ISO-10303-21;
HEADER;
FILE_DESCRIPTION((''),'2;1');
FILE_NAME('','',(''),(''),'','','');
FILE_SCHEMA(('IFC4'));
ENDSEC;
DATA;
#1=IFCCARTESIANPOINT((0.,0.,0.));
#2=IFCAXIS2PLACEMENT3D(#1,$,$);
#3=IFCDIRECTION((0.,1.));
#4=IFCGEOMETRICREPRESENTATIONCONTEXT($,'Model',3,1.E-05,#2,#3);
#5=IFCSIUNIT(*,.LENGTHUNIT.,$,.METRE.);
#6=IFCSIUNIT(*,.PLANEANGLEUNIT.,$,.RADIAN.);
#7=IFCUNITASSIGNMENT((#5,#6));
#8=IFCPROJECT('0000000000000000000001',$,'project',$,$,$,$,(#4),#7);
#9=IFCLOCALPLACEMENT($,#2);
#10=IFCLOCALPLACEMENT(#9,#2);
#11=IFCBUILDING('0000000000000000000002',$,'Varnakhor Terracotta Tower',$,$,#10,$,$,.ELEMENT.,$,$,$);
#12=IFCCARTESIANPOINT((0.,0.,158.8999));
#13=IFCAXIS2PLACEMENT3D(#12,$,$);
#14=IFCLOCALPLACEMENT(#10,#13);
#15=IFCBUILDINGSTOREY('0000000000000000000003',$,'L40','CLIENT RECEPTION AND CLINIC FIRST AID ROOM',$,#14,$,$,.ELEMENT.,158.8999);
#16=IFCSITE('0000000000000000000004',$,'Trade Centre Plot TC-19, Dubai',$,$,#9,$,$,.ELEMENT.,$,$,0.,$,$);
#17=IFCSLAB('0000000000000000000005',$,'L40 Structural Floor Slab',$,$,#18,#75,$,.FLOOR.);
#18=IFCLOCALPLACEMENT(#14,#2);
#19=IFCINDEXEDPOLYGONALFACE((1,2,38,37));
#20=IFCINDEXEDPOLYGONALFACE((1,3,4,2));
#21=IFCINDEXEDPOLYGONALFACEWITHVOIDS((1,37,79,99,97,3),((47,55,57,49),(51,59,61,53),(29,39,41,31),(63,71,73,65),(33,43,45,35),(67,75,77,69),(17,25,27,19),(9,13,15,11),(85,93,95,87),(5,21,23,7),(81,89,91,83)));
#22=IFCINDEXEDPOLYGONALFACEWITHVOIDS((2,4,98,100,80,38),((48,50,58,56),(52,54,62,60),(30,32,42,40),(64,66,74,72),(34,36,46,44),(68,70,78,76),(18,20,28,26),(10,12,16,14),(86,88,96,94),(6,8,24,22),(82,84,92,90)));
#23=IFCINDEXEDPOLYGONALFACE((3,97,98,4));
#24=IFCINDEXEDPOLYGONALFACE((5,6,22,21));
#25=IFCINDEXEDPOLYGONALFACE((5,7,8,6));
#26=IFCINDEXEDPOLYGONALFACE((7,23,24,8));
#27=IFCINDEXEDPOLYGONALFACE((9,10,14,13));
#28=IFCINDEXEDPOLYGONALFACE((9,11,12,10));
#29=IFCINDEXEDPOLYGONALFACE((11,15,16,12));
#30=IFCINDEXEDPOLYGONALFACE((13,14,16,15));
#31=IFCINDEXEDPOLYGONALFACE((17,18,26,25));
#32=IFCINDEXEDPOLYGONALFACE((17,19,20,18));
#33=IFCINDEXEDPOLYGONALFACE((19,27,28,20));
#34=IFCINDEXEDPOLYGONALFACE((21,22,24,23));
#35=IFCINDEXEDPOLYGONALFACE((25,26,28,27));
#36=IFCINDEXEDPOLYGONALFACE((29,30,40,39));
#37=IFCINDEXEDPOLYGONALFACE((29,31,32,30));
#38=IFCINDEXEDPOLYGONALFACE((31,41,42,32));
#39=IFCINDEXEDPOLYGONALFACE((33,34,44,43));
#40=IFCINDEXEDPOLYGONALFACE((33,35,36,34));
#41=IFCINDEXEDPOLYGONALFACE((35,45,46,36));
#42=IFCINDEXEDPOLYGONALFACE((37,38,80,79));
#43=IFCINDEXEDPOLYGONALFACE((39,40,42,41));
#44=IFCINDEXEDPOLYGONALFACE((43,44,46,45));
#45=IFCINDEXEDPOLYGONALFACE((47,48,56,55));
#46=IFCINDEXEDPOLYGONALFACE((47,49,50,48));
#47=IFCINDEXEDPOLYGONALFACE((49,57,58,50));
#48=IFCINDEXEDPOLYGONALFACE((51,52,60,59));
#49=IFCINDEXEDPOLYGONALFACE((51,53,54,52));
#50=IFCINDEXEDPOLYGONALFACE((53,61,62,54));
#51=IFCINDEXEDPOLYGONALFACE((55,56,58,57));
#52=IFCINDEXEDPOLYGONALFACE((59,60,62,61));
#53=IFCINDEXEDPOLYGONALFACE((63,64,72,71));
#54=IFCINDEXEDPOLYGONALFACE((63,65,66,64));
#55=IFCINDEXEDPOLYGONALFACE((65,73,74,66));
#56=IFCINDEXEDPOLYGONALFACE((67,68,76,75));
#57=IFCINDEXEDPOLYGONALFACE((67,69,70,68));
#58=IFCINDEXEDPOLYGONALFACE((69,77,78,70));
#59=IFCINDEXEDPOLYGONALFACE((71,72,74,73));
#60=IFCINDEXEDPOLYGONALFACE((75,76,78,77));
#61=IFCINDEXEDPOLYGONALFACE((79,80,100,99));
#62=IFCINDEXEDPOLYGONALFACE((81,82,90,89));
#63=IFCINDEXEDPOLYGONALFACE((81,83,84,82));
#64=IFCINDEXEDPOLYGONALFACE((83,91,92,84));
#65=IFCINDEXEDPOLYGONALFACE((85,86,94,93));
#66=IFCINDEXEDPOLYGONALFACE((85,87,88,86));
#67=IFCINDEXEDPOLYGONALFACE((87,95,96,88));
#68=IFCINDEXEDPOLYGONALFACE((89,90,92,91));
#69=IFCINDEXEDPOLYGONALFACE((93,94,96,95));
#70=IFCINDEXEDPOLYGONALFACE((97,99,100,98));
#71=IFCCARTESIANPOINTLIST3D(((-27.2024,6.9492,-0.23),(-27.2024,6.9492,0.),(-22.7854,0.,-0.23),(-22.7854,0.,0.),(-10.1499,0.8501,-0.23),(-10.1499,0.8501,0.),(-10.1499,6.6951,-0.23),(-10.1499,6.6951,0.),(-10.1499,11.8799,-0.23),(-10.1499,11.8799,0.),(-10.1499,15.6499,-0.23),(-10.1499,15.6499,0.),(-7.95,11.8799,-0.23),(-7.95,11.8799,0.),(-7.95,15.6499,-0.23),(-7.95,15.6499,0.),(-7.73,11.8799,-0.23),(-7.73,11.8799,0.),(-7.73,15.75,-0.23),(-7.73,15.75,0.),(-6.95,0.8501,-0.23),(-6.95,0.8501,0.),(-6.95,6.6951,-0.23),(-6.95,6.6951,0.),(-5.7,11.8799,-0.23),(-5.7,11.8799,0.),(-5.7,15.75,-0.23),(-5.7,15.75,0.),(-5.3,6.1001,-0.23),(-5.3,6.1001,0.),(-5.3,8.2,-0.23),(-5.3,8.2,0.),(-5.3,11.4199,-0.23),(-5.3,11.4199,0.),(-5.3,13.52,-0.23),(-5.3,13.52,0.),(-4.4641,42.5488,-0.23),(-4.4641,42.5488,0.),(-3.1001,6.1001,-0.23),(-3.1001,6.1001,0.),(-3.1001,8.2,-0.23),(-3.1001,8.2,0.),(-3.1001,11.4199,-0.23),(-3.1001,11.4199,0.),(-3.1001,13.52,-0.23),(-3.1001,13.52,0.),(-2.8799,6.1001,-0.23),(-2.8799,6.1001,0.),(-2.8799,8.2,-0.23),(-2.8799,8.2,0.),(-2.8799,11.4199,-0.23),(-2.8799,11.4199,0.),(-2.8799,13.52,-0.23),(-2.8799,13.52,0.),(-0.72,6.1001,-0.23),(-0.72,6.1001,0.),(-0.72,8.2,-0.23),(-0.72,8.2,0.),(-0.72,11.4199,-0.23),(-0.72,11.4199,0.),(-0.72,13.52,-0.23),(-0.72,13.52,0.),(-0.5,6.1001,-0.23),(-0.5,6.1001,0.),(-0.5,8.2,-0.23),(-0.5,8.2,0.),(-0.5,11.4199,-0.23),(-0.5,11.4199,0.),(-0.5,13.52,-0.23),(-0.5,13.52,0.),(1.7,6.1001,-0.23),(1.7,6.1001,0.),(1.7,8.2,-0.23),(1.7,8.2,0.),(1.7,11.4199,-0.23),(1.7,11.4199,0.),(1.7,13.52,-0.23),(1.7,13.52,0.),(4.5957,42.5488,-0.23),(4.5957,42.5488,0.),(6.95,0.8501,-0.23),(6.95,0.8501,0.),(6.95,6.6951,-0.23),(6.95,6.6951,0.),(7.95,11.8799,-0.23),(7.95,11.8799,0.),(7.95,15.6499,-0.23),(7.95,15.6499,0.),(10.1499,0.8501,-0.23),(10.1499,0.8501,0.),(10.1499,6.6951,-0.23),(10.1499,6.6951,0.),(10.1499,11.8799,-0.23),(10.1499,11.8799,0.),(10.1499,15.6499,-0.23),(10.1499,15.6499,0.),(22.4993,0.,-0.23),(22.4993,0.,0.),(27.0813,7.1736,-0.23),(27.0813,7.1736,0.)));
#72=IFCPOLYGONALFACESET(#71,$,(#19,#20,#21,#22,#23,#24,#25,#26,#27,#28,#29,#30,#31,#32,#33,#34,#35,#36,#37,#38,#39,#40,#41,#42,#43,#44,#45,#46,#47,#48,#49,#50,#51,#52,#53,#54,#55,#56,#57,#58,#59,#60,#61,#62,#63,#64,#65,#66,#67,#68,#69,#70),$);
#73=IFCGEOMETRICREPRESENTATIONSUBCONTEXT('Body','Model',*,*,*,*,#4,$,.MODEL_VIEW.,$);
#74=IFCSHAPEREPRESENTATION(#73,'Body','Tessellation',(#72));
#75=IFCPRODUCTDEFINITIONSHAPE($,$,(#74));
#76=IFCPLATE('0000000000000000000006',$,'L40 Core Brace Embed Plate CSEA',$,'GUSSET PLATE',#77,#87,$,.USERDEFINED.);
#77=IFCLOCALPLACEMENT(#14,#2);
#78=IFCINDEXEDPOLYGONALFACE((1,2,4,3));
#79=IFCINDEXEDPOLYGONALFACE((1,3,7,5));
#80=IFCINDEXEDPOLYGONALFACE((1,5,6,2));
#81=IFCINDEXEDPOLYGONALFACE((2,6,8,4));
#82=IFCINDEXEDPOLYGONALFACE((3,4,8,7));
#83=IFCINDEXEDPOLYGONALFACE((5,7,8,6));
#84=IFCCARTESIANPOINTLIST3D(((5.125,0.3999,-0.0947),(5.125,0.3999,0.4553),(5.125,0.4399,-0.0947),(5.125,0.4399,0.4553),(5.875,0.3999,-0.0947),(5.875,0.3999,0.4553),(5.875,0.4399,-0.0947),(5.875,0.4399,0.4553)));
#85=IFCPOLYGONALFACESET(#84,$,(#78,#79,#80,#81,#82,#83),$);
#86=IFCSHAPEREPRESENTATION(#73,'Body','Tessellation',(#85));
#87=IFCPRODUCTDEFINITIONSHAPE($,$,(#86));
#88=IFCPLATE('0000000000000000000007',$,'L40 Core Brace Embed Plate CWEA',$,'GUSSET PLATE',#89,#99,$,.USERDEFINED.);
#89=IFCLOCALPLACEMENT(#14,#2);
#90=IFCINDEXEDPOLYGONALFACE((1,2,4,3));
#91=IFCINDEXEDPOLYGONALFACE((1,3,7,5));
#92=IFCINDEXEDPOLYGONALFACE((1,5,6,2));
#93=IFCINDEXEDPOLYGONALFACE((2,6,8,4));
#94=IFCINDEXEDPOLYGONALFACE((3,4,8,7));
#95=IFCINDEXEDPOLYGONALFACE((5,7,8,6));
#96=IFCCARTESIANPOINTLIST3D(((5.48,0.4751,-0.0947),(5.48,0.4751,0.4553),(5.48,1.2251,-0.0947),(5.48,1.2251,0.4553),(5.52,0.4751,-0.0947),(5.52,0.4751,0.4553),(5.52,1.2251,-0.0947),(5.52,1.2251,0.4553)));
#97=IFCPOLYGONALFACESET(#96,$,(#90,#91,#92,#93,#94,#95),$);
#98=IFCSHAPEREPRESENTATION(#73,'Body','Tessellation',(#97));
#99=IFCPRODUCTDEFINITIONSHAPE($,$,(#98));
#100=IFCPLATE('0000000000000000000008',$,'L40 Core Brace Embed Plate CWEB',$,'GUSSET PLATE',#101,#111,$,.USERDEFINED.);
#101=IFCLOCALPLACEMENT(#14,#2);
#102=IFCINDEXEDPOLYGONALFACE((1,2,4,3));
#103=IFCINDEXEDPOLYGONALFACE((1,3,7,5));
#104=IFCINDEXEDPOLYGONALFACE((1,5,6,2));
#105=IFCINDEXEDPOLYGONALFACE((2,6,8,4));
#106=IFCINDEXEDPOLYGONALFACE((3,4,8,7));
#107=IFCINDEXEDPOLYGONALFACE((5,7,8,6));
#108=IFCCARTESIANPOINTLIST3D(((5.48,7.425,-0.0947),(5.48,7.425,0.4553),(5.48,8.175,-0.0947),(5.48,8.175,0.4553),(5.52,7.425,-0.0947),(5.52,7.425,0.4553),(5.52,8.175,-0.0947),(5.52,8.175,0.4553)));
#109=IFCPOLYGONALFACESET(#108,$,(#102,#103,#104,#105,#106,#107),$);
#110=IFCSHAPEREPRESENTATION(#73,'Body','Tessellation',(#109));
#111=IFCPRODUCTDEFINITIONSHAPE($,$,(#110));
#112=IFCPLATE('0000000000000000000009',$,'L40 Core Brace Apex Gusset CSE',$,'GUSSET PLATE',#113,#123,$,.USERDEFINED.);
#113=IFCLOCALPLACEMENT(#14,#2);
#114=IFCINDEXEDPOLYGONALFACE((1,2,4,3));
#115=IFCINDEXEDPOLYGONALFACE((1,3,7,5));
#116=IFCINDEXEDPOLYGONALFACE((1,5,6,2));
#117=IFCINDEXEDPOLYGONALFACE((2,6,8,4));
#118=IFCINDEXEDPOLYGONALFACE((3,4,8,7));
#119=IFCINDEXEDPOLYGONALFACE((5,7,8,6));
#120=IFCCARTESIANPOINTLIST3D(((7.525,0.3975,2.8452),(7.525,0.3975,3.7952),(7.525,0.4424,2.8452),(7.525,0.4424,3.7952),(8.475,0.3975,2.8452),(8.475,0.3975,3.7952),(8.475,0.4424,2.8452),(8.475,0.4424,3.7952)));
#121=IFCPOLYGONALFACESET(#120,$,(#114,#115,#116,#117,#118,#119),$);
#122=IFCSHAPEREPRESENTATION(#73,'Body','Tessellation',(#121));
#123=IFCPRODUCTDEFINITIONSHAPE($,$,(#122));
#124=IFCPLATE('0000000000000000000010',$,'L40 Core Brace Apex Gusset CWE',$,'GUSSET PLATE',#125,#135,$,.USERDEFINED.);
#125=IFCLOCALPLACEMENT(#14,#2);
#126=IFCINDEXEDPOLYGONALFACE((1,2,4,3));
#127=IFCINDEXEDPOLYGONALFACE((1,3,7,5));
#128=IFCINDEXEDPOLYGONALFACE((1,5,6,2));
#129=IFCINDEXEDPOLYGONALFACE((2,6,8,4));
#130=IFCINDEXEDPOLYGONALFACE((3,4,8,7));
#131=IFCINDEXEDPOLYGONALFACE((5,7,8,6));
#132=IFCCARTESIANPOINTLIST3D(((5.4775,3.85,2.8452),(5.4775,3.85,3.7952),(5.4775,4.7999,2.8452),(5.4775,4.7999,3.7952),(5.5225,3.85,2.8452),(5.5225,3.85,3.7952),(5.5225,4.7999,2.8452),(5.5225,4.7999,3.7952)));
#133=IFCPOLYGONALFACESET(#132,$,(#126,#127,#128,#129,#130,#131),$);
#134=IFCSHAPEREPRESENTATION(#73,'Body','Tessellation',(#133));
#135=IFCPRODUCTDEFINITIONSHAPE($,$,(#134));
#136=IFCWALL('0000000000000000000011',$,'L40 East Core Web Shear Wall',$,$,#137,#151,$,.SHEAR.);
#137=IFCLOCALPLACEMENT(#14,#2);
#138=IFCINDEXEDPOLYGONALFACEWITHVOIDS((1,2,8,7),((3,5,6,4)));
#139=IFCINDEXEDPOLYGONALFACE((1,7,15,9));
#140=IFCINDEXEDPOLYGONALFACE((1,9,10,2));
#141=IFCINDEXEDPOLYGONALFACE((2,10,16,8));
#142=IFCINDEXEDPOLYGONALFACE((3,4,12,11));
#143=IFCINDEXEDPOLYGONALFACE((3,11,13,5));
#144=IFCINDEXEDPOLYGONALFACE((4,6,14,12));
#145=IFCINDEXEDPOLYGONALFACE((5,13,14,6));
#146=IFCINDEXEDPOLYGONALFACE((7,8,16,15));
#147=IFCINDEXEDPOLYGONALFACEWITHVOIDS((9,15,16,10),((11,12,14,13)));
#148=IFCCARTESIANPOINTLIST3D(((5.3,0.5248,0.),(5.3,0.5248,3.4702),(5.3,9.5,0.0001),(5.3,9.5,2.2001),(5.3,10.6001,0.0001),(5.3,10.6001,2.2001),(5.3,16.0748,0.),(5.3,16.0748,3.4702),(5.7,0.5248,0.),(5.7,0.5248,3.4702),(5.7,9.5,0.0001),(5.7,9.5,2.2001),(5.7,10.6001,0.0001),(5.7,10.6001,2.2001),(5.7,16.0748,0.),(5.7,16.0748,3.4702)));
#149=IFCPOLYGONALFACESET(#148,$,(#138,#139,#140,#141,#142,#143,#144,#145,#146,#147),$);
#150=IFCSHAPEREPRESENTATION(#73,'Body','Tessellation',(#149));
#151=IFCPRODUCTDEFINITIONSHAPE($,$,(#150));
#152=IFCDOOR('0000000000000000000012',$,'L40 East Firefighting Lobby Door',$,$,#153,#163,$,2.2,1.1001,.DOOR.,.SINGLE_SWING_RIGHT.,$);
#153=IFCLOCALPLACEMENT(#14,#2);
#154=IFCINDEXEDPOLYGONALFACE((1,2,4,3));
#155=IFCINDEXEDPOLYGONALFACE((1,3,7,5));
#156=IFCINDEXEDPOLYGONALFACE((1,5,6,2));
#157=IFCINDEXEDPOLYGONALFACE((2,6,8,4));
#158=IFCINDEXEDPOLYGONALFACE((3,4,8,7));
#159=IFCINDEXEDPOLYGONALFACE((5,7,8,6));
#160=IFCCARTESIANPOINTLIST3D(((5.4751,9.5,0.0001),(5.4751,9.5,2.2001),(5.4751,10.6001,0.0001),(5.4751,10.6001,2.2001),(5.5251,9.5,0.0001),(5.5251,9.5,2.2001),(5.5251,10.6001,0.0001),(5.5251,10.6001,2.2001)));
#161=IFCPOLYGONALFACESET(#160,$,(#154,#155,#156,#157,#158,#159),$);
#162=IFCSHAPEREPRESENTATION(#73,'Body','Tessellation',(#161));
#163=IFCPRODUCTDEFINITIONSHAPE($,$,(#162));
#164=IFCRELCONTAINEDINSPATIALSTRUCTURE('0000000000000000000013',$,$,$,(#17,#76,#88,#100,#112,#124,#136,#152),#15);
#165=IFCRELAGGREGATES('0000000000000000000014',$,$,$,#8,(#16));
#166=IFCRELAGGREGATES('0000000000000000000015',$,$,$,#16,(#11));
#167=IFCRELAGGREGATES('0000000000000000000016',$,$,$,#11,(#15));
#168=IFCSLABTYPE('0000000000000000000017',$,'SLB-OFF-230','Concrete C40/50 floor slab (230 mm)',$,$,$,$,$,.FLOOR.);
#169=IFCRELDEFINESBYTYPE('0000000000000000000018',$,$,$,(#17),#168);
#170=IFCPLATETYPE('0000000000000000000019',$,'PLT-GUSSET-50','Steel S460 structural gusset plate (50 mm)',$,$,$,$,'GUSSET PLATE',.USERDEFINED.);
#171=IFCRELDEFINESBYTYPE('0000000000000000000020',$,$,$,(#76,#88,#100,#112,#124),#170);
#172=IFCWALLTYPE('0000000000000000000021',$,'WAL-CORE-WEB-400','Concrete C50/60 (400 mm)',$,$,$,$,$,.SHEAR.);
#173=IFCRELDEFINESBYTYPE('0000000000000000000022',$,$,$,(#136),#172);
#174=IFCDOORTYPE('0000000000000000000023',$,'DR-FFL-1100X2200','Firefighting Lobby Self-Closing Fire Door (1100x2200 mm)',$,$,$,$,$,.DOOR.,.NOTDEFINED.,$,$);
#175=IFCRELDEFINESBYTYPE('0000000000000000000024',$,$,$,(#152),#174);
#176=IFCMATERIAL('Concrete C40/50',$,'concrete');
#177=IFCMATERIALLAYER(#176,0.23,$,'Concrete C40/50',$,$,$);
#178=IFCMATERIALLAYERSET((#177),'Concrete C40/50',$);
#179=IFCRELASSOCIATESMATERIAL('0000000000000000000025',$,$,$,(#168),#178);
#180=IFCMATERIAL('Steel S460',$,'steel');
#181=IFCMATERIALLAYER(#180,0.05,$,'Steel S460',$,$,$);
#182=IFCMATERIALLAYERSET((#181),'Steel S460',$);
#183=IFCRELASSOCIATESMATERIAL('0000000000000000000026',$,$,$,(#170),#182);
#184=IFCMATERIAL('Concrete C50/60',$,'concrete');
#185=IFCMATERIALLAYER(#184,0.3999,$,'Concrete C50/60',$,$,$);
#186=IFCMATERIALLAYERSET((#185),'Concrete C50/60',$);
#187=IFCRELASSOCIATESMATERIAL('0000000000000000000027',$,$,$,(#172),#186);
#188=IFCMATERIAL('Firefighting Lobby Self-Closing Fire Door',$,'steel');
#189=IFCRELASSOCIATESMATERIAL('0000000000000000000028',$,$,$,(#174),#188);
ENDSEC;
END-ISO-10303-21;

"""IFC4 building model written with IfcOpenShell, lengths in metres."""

from ifc_helpers import new_model, si_unit, direction, frame, frame_2d, origin, origin_2d, place, context, subcontext, project, spatial, polyline, rectangle, outline, extrude, source, transform, mapped, material, layer, layer_set, type_object, type_shapes, element, fill, save


model = new_model("IFC4")

# Units and contexts
model_context = context("Model", 3, precision=1e-05, world=origin(), true_north=direction((0.0, 1.0)))
body_context = subcontext(model_context, "Body", "Model", "MODEL_VIEW")
ifc_project = project(units=[si_unit("LENGTHUNIT", "METRE"), si_unit("PLANEANGLEUNIT", "RADIAN")], contexts=[model_context])

# Site, building, storey
site_placement = place(None, origin())
site = spatial("IfcSite", under=ifc_project, at=site_placement, Name="Trade Centre Plot TC-19, Dubai", CompositionType="ELEMENT", RefElevation=0.0)
building_placement = place(site_placement, origin())
building = spatial("IfcBuilding", under=site, at=building_placement, Name="Varnakhor Terracotta Tower", CompositionType="ELEMENT")
storey_placement = place(building_placement, frame((0.0, 0.0, 158.8999)))
storey = spatial("IfcBuildingStorey", under=building, at=storey_placement, Name="L40", Description="CLIENT RECEPTION AND CLINIC FIRST AID ROOM", CompositionType="ELEMENT", Elevation=158.8999)

# Shared definitions
ifc_material_1 = material(Name="Concrete C50/60", Category="concrete")

# Shared definitions
ifc_material_2 = material(Name="Steel S460", Category="steel")

# Shared definitions
ifc_material_3 = material(Name="Concrete C40/50", Category="concrete")

# Slab
ifc_layer_1 = layer(ifc_material_3, 0.23, Name="Concrete C40/50")
ifc_layer_set_1 = layer_set([ifc_layer_1], Name="Concrete C40/50")
slab_type_1 = type_object("IfcSlabType", Name="SLB-OFF-230", Description="Concrete C40/50 floor slab (230 mm)", PredefinedType="FLOOR", material=ifc_layer_set_1)
slab_1_placement = place(storey_placement, frame((0.0, 0.0, -0.23)))
element("IfcSlab", 1, at=slab_1_placement, inside=storey, type_object=slab_type_1, Name="L40 Structural Floor Slab", PredefinedType="FLOOR", context=body_context, shape_type="SweptSolid", body=[
    extrude(outline(polyline([(-27.2024, 6.9492), (-4.4641, 42.5488), (4.5957, 42.5488), (27.0813, 7.1736), (22.4993, 0.0), (-22.7854, 0.0), (-27.2024, 6.9492)]), holes=[polyline([(-6.95, 0.8501), (-6.95, 6.6951), (-10.1499, 6.6951), (-10.1499, 0.8501), (-6.95, 0.8501)]), polyline([(-3.1001, 6.1001), (-3.1001, 8.2), (-5.3, 8.2), (-5.3, 6.1001), (-3.1001, 6.1001)]), polyline([(-0.72, 6.1001), (-0.72, 8.2), (-2.8799, 8.2), (-2.8799, 6.1001), (-0.72, 6.1001)]), polyline([(-5.3, 11.4199), (-3.1001, 11.4199), (-3.1001, 13.52), (-5.3, 13.52), (-5.3, 11.4199)]), polyline([(-10.1499, 11.8799), (-7.95, 11.8799), (-7.95, 15.6499), (-10.1499, 15.6499), (-10.1499, 11.8799)]), polyline([(-5.7, 11.8799), (-5.7, 15.75), (-7.73, 15.75), (-7.73, 11.8799), (-5.7, 11.8799)]), polyline([(6.95, 0.8501), (10.1499, 0.8501), (10.1499, 6.6951), (6.95, 6.6951), (6.95, 0.8501)]), polyline([(-0.5, 6.1001), (1.7, 6.1001), (1.7, 8.2), (-0.5, 8.2), (-0.5, 6.1001)]), polyline([(-0.72, 11.4199), (-0.72, 13.52), (-2.8799, 13.52), (-2.8799, 11.4199), (-0.72, 11.4199)]), polyline([(-0.5, 11.4199), (1.7, 11.4199), (1.7, 13.52), (-0.5, 13.52), (-0.5, 11.4199)]), polyline([(7.95, 11.8799), (10.1499, 11.8799), (10.1499, 15.6499), (7.95, 15.6499), (7.95, 11.8799)])]), origin(), (0.0, 0.0, 1.0), 0.23),
])

# Plates
ifc_layer_2 = layer(ifc_material_2, 0.05, Name="Steel S460")
ifc_layer_set_2 = layer_set([ifc_layer_2], Name="Steel S460")
plate_type = type_object("IfcPlateType", Name="PLT-GUSSET-50", Description="Steel S460 structural gusset plate (50 mm)", ElementType="GUSSET PLATE", PredefinedType="USERDEFINED", material=ifc_layer_set_2)
shared_shape_1 = source(origin(), body_context, "Body", "SweptSolid", [
    extrude(rectangle(XDim=0.75, YDim=0.04, at=origin_2d()), origin(), (0.0, 0.0, 1.0), 0.55),
])
type_shapes(plate_type, [shared_shape_1])
for number, where, z_axis, x_axis, name in (
    (2, (5.5, 0.4199, -0.0947), (0.0, 0.0, 1.0), (1.0, 0.0, 0.0), "L40 Core Brace Embed Plate CSEA"),
    (3, (5.5, 0.8501, -0.0947), (0.0, 0.0, 1.0), (0.0, 1.0, 0.0), "L40 Core Brace Embed Plate CWEA"),
    (4, (5.5, 7.8, -0.0947), (0.0, 0.0, 1.0), (0.0, 1.0, 0.0), "L40 Core Brace Embed Plate CWEB"),
):
    element("IfcPlate", number, at=place(storey_placement, frame(where, z_axis=z_axis, x_axis=x_axis)), inside=storey, type_object=plate_type, Name=name, ObjectType="GUSSET PLATE", PredefinedType="USERDEFINED", context=body_context, shape_type="MappedRepresentation", body=[
        mapped(shared_shape_1, transform((0.0, 0.0, 0.0), scale=1.0)),
    ])
shared_shape_2 = source(origin(), body_context, "Body", "SweptSolid", [
    extrude(rectangle(XDim=0.95, YDim=0.0449, at=origin_2d()), origin(), (0.0, 0.0, 1.0), 0.95),
])
for number, where, z_axis, x_axis, name in (
    (5, (8.0, 0.4199, 2.8452), (0.0, 0.0, 1.0), (1.0, 0.0, 0.0), "L40 Core Brace Apex Gusset CSE"),
    (6, (5.5, 4.325, 2.8452), (0.0, 0.0, 1.0), (0.0, 1.0, 0.0), "L40 Core Brace Apex Gusset CWE"),
):
    element("IfcPlate", number, at=place(storey_placement, frame(where, z_axis=z_axis, x_axis=x_axis)), inside=storey, type_object=plate_type, Name=name, ObjectType="GUSSET PLATE", PredefinedType="USERDEFINED", context=body_context, shape_type="MappedRepresentation", body=[
        mapped(shared_shape_2, transform((0.0, 0.0, 0.0), scale=1.0)),
    ])

# Wall, opening, door
ifc_layer_3 = layer(ifc_material_1, 0.3999, Name="Concrete C50/60")
ifc_layer_set_3 = layer_set([ifc_layer_3], Name="Concrete C50/60")
wall_type_1 = type_object("IfcWallType", Name="WAL-CORE-WEB-400", Description="Concrete C50/60 (400 mm)", PredefinedType="SHEAR", material=ifc_layer_set_3)
wall_1_placement = place(storey_placement, frame((5.5, 0.5249, 0.0), z_axis=(0.0, 0.0, 1.0), x_axis=(0.0, 1.0, 0.0)))
wall_1 = element("IfcWall", 7, at=wall_1_placement, inside=storey, type_object=wall_type_1, Name="L40 East Core Web Shear Wall", PredefinedType="SHEAR", context=body_context, shape_type="SweptSolid", body=[
    extrude(rectangle(XDim=15.55, YDim=0.3999, at=frame_2d((7.7749, 0.0))), origin(), (0.0, 0.0, 1.0), 3.4702),
])
opening_1_placement = place(wall_1_placement, frame((8.9751, 0.0, 0.0)))
opening_1 = element("IfcOpeningElement", 8, at=opening_1_placement, cuts=wall_1, PredefinedType="OPENING", context=body_context, shape_type="SweptSolid", body=[
    extrude(rectangle(XDim=1.1001, YDim=2.2, at=frame_2d((0.55, 1.1001))), frame((0.0, 0.21, 0.0), z_axis=(0.0, -1.0, 0.0), x_axis=(1.0, 0.0, 0.0)), (0.0, 0.0, 1.0), 0.4199),
])
ifc_material_4 = material(Name="Firefighting Lobby Self-Closing Fire Door", Category="steel")
door_type_1 = type_object("IfcDoorType", Name="DR-FFL-1100X2200", Description="Firefighting Lobby Self-Closing Fire Door (1100x2200 mm)", OperationType="NOTDEFINED", PredefinedType="DOOR", material=ifc_material_4)
shared_shape_3 = source(origin(), body_context, "Body", "SweptSolid", [
    extrude(rectangle(XDim=1.1001, YDim=2.2, at=frame_2d((0.55, 1.1001))), frame((0.0, 0.0249, 0.0), z_axis=(0.0, -1.0, 0.0), x_axis=(1.0, 0.0, 0.0)), (0.0, 0.0, 1.0), 0.05),
])
type_shapes(door_type_1, [shared_shape_3])
door_1_placement = place(opening_1_placement, origin())
door_1 = element("IfcDoor", 9, at=door_1_placement, inside=storey, type_object=door_type_1, Name="L40 East Firefighting Lobby Door", OperationType="SINGLE_SWING_RIGHT", OverallHeight=2.2, OverallWidth=1.1001, PredefinedType="DOOR", context=body_context, shape_type="MappedRepresentation", body=[
    mapped(shared_shape_3, transform((0.0, 0.0, 0.0), scale=1.0)),
])
fill(opening_1, door_1)

save(model, "model.ifc")
